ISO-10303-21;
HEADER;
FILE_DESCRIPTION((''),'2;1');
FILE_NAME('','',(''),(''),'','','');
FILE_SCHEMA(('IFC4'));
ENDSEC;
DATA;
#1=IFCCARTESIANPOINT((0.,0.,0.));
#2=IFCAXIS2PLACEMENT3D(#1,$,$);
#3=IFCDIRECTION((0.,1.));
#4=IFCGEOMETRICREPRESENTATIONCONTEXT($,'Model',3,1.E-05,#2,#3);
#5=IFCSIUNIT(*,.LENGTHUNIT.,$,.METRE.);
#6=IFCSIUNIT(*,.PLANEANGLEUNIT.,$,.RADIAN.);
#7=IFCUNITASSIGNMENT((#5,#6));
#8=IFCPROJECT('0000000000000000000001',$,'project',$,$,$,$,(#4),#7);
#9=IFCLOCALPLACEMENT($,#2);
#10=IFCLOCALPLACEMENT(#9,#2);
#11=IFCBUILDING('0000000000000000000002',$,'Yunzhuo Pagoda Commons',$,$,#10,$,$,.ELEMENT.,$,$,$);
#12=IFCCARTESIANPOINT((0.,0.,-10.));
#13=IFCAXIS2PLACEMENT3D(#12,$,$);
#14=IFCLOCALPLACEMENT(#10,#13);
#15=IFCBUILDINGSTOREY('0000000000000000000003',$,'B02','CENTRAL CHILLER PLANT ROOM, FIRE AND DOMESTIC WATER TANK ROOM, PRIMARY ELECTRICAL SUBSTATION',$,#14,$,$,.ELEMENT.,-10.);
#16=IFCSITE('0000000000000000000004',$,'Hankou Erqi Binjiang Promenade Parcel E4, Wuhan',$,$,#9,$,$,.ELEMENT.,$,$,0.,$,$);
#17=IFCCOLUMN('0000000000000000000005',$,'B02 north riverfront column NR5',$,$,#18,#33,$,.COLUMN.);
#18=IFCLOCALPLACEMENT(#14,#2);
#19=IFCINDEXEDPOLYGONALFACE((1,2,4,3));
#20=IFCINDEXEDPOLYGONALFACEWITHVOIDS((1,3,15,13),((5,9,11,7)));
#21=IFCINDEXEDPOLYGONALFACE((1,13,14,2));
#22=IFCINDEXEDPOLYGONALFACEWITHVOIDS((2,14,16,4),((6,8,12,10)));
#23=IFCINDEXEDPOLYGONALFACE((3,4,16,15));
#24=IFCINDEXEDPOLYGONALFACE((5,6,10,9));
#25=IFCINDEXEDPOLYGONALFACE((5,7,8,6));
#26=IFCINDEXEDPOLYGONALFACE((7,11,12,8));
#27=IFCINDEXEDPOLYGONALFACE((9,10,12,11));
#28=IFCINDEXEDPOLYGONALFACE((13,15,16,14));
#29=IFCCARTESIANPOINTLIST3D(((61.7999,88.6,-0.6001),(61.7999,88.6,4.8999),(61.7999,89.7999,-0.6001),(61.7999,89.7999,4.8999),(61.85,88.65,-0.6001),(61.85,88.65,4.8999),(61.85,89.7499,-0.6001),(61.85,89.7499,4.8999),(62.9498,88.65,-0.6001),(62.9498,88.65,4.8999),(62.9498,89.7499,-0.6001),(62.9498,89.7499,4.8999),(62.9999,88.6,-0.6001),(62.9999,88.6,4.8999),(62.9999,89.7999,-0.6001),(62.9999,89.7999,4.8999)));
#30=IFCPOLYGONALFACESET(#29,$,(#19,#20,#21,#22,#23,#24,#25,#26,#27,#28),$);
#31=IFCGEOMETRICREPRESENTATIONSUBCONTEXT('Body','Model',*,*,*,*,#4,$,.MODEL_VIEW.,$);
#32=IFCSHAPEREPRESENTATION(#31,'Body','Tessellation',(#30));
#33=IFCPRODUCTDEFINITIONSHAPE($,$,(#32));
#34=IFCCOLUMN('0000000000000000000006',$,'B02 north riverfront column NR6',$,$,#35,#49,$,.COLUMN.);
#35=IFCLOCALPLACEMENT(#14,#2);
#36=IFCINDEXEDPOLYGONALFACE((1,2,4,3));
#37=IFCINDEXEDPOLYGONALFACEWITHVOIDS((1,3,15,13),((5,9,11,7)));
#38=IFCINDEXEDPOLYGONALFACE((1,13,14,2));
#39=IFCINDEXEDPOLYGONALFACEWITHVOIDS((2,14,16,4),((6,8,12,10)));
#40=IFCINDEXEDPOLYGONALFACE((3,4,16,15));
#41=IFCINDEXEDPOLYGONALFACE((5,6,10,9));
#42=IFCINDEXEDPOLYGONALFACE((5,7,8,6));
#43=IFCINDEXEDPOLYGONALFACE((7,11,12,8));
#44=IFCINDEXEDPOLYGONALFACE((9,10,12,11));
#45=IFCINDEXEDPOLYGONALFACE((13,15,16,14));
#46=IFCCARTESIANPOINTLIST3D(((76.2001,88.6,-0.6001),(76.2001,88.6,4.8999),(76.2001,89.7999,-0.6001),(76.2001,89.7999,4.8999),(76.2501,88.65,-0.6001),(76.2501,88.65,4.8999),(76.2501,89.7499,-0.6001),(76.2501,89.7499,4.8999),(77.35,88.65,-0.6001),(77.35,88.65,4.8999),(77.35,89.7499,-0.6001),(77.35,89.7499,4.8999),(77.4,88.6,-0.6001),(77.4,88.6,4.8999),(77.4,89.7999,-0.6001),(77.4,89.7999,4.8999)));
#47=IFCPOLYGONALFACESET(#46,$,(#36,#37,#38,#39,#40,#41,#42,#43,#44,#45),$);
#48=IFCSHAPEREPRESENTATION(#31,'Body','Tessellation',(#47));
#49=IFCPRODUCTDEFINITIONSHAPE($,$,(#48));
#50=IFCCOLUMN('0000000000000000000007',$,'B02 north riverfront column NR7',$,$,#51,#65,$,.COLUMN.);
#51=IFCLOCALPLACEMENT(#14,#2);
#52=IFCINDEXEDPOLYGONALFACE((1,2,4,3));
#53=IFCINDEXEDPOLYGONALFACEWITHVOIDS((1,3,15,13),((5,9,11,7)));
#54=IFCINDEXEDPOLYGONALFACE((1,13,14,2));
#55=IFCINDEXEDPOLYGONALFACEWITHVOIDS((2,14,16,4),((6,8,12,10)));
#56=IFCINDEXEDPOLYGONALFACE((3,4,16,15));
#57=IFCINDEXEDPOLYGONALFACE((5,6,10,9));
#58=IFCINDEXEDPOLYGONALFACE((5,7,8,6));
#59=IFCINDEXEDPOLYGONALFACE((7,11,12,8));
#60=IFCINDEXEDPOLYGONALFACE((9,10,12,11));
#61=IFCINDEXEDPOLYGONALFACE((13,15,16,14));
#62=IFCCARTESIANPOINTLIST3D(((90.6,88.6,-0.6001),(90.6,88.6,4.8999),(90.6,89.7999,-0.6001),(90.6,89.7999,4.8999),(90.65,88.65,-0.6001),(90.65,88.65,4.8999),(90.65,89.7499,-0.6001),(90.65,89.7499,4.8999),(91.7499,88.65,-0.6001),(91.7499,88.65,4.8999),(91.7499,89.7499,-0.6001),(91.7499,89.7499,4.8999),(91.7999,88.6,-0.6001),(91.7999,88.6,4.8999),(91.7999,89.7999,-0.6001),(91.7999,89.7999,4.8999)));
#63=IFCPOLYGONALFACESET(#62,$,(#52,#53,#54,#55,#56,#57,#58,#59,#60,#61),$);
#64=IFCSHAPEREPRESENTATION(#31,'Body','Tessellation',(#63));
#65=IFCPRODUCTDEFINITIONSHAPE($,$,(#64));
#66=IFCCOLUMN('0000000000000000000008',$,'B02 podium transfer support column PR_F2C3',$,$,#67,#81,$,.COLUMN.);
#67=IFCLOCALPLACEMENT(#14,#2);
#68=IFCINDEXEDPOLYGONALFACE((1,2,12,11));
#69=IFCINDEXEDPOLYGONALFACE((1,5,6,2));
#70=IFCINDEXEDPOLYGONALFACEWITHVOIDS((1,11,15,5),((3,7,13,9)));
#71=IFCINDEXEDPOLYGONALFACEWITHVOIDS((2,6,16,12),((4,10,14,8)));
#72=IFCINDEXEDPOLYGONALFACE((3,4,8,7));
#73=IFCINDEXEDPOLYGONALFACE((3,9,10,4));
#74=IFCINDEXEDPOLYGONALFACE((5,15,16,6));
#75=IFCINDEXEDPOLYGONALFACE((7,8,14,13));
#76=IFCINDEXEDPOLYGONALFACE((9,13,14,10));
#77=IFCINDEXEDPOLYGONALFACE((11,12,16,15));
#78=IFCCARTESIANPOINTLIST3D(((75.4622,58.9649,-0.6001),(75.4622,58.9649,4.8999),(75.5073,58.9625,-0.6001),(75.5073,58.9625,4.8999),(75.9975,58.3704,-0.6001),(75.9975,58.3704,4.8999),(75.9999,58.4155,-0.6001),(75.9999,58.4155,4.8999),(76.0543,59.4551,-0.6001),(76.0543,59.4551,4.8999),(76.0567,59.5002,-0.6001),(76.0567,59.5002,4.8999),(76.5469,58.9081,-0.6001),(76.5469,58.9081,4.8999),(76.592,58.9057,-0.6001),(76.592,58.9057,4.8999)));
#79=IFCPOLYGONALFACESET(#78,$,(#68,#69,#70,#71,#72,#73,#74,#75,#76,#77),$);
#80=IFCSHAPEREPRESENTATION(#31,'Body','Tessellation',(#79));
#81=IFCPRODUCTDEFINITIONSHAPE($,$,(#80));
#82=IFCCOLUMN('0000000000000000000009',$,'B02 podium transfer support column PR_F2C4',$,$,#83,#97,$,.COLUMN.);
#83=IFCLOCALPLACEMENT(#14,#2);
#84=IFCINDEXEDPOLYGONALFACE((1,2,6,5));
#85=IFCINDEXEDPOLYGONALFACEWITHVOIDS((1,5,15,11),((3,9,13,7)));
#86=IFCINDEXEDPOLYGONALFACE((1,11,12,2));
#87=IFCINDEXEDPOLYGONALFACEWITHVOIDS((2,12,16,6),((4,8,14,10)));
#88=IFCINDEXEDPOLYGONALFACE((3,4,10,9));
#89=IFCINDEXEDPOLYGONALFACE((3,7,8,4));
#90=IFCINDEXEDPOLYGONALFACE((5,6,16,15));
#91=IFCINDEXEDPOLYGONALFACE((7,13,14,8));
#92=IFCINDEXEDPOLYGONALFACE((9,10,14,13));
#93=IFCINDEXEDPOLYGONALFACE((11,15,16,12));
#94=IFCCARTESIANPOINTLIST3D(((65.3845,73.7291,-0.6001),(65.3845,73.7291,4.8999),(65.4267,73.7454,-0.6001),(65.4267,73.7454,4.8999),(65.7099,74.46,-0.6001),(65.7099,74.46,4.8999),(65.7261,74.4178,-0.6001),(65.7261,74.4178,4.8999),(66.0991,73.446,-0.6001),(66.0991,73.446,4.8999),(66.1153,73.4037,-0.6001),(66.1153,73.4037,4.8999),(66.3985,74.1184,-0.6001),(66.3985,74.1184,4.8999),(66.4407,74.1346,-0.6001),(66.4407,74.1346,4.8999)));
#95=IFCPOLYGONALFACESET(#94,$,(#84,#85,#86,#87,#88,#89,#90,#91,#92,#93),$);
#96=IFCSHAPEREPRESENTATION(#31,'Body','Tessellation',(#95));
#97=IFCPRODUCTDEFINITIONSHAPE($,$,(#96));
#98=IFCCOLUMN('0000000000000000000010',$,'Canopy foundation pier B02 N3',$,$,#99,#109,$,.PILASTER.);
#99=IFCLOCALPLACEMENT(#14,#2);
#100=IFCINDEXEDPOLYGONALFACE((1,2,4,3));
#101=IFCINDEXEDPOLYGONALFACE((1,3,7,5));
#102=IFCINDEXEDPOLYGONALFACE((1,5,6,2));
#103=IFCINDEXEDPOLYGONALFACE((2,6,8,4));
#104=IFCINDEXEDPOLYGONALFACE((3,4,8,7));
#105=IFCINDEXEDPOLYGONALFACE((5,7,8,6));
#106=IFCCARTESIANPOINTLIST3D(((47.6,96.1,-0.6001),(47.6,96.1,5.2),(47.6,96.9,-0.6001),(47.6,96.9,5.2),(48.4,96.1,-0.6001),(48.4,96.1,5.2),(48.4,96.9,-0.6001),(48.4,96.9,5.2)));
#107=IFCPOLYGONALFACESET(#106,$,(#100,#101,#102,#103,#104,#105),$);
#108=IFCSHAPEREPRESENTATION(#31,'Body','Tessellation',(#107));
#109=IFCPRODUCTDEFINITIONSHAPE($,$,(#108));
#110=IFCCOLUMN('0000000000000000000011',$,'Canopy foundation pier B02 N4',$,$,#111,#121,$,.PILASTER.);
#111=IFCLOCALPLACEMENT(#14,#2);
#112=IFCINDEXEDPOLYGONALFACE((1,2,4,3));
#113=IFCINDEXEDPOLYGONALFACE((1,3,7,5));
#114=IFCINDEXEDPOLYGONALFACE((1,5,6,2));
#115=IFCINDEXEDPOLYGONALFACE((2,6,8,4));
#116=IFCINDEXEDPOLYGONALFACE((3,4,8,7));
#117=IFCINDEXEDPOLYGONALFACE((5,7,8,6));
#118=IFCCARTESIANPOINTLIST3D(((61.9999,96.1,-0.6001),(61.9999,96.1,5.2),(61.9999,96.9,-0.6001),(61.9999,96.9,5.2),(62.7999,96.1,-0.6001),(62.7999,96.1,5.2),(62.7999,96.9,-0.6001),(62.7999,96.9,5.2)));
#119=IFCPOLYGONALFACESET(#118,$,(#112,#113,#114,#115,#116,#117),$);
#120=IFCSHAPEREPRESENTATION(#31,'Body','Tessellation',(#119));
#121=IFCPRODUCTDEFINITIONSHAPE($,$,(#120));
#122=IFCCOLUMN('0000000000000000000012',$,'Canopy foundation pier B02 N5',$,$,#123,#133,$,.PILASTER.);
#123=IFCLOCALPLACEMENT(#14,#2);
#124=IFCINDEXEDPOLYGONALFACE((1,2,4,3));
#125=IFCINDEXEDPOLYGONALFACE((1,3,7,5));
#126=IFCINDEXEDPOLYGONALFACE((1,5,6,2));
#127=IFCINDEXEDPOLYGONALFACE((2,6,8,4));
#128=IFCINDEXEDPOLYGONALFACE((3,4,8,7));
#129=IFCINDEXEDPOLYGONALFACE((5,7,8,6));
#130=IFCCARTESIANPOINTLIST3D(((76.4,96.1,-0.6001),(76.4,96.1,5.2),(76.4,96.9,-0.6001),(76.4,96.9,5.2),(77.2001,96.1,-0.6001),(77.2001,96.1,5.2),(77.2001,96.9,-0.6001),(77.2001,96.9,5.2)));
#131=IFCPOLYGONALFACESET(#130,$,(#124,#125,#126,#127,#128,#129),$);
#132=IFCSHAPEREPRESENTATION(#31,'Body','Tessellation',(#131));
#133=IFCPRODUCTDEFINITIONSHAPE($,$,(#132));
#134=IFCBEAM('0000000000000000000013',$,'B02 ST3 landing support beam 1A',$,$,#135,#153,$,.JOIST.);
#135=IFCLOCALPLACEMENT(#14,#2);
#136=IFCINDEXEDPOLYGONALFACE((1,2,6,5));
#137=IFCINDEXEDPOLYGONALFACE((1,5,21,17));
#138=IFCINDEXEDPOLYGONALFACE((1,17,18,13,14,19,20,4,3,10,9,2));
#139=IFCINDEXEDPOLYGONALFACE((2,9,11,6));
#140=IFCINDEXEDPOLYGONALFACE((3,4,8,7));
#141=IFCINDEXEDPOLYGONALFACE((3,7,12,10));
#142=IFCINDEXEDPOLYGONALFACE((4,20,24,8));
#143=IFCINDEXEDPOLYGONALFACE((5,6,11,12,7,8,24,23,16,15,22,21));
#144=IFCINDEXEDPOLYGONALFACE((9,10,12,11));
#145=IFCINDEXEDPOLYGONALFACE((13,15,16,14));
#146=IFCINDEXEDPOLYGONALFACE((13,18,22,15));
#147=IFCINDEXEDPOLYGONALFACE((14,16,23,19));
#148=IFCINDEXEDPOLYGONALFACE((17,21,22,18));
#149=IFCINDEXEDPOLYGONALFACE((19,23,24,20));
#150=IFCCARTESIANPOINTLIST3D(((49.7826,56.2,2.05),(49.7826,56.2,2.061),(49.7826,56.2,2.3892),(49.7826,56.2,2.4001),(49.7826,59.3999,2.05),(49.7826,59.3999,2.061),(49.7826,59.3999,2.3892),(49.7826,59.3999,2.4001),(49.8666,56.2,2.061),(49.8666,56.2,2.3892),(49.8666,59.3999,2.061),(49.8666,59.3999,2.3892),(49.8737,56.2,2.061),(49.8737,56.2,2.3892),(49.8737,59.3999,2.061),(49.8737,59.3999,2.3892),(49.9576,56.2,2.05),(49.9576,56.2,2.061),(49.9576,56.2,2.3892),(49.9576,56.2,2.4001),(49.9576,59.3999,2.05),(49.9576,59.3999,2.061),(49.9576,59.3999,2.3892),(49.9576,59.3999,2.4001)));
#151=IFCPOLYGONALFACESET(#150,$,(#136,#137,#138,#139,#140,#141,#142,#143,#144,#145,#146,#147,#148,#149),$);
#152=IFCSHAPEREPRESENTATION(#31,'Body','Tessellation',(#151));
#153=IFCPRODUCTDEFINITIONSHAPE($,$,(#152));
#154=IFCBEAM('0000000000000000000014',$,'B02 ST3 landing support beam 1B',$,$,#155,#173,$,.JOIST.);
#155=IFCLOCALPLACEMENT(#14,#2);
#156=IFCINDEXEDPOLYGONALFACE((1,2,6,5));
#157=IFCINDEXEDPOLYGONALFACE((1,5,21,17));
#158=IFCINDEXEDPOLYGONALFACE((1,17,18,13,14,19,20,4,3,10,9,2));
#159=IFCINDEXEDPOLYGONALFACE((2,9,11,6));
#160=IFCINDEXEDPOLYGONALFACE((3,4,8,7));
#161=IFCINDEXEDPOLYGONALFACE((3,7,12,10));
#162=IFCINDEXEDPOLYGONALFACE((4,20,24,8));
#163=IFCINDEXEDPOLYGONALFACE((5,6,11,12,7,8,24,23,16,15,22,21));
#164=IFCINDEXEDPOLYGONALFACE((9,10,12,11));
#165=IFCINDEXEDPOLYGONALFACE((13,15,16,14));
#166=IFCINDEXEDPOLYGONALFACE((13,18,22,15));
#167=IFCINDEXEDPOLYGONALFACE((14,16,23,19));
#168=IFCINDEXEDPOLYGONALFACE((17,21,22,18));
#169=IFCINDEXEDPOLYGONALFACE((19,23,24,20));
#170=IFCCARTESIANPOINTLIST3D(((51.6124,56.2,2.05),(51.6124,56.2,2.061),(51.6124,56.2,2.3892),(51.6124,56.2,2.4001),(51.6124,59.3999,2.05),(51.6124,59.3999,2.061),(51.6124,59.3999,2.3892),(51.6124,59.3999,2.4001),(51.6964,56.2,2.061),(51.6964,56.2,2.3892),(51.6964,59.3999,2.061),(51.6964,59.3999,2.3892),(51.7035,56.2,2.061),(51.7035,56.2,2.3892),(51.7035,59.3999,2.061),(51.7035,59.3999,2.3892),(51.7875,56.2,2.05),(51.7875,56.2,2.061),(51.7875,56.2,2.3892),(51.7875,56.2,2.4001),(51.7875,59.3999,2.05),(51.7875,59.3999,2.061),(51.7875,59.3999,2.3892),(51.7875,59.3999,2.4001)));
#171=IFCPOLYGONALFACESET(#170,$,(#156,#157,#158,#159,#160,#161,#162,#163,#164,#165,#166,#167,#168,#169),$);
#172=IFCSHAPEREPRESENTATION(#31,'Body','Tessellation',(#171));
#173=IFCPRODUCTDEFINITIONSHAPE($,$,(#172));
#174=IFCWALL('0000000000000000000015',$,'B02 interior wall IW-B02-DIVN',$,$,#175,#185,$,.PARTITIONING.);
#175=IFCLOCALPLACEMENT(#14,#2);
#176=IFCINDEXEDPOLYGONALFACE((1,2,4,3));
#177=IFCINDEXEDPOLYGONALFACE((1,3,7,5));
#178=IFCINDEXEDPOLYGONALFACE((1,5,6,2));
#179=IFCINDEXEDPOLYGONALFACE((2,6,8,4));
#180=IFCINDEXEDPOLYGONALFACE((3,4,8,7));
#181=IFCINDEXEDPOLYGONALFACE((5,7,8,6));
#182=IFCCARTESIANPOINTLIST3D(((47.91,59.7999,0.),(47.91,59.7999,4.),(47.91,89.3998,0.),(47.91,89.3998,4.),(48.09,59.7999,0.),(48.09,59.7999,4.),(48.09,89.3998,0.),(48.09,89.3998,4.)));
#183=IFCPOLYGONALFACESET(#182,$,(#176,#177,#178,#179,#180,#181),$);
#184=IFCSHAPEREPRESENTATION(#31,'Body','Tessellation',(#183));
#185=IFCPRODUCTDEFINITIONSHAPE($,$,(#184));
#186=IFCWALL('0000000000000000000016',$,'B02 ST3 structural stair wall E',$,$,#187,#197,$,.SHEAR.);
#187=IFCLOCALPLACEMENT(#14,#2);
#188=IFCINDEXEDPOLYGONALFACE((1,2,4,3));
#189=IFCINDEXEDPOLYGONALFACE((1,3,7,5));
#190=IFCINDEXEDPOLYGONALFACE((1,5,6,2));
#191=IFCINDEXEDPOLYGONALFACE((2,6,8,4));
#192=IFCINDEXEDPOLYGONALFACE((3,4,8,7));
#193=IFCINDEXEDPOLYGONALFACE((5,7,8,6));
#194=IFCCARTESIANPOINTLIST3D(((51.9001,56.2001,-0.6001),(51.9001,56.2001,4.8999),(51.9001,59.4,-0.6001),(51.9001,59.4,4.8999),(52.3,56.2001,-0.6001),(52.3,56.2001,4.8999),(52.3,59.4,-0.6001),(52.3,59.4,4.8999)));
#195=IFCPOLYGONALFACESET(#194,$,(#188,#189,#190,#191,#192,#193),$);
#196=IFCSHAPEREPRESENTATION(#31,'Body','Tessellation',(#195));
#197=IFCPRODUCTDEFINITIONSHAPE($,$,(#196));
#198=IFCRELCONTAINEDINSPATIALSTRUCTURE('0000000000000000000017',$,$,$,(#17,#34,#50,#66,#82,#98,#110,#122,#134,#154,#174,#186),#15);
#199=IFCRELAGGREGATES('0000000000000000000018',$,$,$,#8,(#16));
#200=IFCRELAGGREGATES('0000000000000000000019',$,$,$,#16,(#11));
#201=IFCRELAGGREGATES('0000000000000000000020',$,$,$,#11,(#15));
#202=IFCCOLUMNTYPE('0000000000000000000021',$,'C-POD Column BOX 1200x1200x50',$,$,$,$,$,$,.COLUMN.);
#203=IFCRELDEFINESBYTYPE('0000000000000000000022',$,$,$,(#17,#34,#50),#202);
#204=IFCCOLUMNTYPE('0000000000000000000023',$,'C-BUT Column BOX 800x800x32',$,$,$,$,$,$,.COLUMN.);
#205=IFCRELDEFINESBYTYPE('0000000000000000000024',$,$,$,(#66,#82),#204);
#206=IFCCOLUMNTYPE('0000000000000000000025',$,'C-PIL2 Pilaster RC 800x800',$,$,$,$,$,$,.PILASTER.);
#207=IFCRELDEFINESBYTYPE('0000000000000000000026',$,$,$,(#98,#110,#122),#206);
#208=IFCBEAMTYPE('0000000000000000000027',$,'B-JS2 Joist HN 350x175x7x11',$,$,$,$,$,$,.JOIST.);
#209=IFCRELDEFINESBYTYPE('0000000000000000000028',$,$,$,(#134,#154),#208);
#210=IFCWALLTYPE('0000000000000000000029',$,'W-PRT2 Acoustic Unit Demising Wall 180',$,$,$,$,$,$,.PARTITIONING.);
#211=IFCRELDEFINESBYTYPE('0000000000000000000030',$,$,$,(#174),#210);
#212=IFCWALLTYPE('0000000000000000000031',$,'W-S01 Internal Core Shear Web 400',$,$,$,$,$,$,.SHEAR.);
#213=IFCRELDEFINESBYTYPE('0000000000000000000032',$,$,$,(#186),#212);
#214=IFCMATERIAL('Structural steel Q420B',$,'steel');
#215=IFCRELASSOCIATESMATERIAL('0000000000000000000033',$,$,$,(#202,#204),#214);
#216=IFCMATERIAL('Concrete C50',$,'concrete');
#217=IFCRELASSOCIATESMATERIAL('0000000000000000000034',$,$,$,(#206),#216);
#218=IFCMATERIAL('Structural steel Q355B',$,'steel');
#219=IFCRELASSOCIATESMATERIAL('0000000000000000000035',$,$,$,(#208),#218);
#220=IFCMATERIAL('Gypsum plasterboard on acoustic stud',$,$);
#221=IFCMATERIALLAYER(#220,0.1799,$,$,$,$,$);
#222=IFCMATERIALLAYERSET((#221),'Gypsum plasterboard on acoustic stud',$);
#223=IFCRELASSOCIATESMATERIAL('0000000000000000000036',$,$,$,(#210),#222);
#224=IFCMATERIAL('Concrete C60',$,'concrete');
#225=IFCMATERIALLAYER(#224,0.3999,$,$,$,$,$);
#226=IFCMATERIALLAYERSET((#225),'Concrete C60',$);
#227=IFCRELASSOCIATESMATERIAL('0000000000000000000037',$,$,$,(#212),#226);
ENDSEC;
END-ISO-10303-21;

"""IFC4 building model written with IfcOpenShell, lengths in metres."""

from ifc_helpers import new_model, si_unit, direction, frame, frame_2d, origin, origin_2d, place, context, subcontext, project, spatial, rectangle, hollow_rectangle, i_section, extrude, source, transform, mapped, material, layer, layer_set, material_profile, profile_set, type_object, element, save


model = new_model("IFC4")

# Units and contexts
model_context = context("Model", 3, precision=1e-05, world=origin(), true_north=direction((0.0, 1.0)))
body_context = subcontext(model_context, "Body", "Model", "MODEL_VIEW")
ifc_project = project(units=[si_unit("LENGTHUNIT", "METRE"), si_unit("PLANEANGLEUNIT", "RADIAN")], contexts=[model_context])

# Site, building, storey
site_placement = place(None, origin())
site = spatial("IfcSite", under=ifc_project, at=site_placement, Name="Hankou Erqi Binjiang Promenade Parcel E4, Wuhan", CompositionType="ELEMENT", RefElevation=0.0)
building_placement = place(site_placement, origin())
building = spatial("IfcBuilding", under=site, at=building_placement, Name="Yunzhuo Pagoda Commons", CompositionType="ELEMENT")
storey_placement = place(building_placement, frame((0.0, 0.0, -10.0)))
storey = spatial("IfcBuildingStorey", under=building, at=storey_placement, Name="B02", Description="CENTRAL CHILLER PLANT ROOM, FIRE AND DOMESTIC WATER TANK ROOM, PRIMARY ELECTRICAL SUBSTATION", CompositionType="ELEMENT", Elevation=-10.0)

# Shared definitions
ifc_material_1 = material(Name="Concrete C50", Category="concrete")

# Columns
ifc_material_2 = material(Name="Structural steel Q420B", Category="steel")
ifc_material_profile_1 = material_profile(ifc_material_2, hollow_rectangle(XDim=1.2, YDim=1.2, WallThickness=0.05, at=origin_2d()), Name="Structural steel Q420B")
ifc_profile_set_1 = profile_set([ifc_material_profile_1], Name="Structural steel Q420B")
column_type_1 = type_object("IfcColumnType", Name="C-POD Column BOX 1200x1200x50", PredefinedType="COLUMN", material=ifc_profile_set_1)
shared_shape_1 = source(origin(), body_context, "Body", "SweptSolid", [
    extrude(hollow_rectangle(XDim=1.2, YDim=1.2, WallThickness=0.05, at=origin_2d()), origin(), (0.0, 0.0, 1.0), 5.5),
])
for number, where, z_axis, x_axis, name in (
    (1, (62.3999, 89.2, -0.6001), (0.0, 0.0, 1.0), (1.0, 0.0, 0.0), "B02 north riverfront column NR5"),
    (2, (76.8, 89.2, -0.6001), (0.0, 0.0, 1.0), (1.0, 0.0, 0.0), "B02 north riverfront column NR6"),
    (3, (91.2, 89.2, -0.6001), (0.0, 0.0, 1.0), (1.0, 0.0, 0.0), "B02 north riverfront column NR7"),
):
    element("IfcColumn", number, at=place(storey_placement, frame(where, z_axis=z_axis, x_axis=x_axis)), inside=storey, type_object=column_type_1, Name=name, PredefinedType="COLUMN", context=body_context, shape_type="MappedRepresentation", body=[
        mapped(shared_shape_1, transform((0.0, 0.0, 0.0), scale=1.0)),
    ])
ifc_material_profile_2 = material_profile(ifc_material_2, hollow_rectangle(XDim=0.8, YDim=0.8, WallThickness=0.032, at=origin_2d()), Name="Structural steel Q420B")
ifc_profile_set_2 = profile_set([ifc_material_profile_2], Name="Structural steel Q420B")
column_type_2 = type_object("IfcColumnType", Name="C-BUT Column BOX 800x800x32", PredefinedType="COLUMN", material=ifc_profile_set_2)
shared_shape_2 = source(origin(), body_context, "Body", "SweptSolid", [
    extrude(hollow_rectangle(XDim=0.8, YDim=0.8, WallThickness=0.032, at=origin_2d()), origin(), (0.0, 0.0, 1.0), 5.5),
])
for number, where, z_axis, x_axis, name in (
    (4, (76.0271, 58.9353, -0.6001), (0.0, 0.0, 1.0), (-0.669131, 0.743145, 0.0), "B02 podium transfer support column PR_F2C3"),
    (5, (65.9126, 73.9319, -0.6001), (0.0, 0.0, 1.0), (-0.913545, 0.406737, 0.0), "B02 podium transfer support column PR_F2C4"),
):
    element("IfcColumn", number, at=place(storey_placement, frame(where, z_axis=z_axis, x_axis=x_axis)), inside=storey, type_object=column_type_2, Name=name, PredefinedType="COLUMN", context=body_context, shape_type="MappedRepresentation", body=[
        mapped(shared_shape_2, transform((0.0, 0.0, 0.0), scale=1.0)),
    ])
ifc_material_profile_3 = material_profile(ifc_material_1, rectangle(XDim=0.8, YDim=0.8, at=origin_2d()), Name="Concrete C50")
ifc_profile_set_3 = profile_set([ifc_material_profile_3], Name="Concrete C50")
column_type_3 = type_object("IfcColumnType", Name="C-PIL2 Pilaster RC 800x800", PredefinedType="PILASTER", material=ifc_profile_set_3)
shared_shape_3 = source(origin(), body_context, "Body", "SweptSolid", [
    extrude(rectangle(XDim=0.8, YDim=0.8, at=origin_2d()), origin(), (0.0, 0.0, 1.0), 5.8),
])
for number, where, z_axis, x_axis, name in (
    (6, (48.0, 96.5, -0.6001), (0.0, 0.0, 1.0), (1.0, 0.0, 0.0), "Canopy foundation pier B02 N3"),
    (7, (62.3999, 96.5, -0.6001), (0.0, 0.0, 1.0), (1.0, 0.0, 0.0), "Canopy foundation pier B02 N4"),
    (8, (76.8, 96.5, -0.6001), (0.0, 0.0, 1.0), (1.0, 0.0, 0.0), "Canopy foundation pier B02 N5"),
):
    element("IfcColumn", number, at=place(storey_placement, frame(where, z_axis=z_axis, x_axis=x_axis)), inside=storey, type_object=column_type_3, Name=name, PredefinedType="PILASTER", context=body_context, shape_type="MappedRepresentation", body=[
        mapped(shared_shape_3, transform((0.0, 0.0, 0.0), scale=1.0)),
    ])

# Beams
ifc_material_3 = material(Name="Structural steel Q355B", Category="steel")
ifc_material_profile_4 = material_profile(ifc_material_3, i_section(OverallWidth=0.175, OverallDepth=0.3501, WebThickness=0.0071, FlangeThickness=0.011, at=origin_2d()), Name="Structural steel Q355B")
ifc_profile_set_4 = profile_set([ifc_material_profile_4], Name="Structural steel Q355B")
beam_type = type_object("IfcBeamType", Name="B-JS2 Joist HN 350x175x7x11", PredefinedType="JOIST", material=ifc_profile_set_4)
shared_shape_4 = source(origin(), body_context, "Body", "SweptSolid", [
    extrude(i_section(OverallWidth=0.175, OverallDepth=0.3501, WebThickness=0.0071, FlangeThickness=0.011, at=origin_2d()), origin(), (0.0, 0.0, 1.0), 3.2),
])
for number, where, z_axis, x_axis, name in (
    (9, (49.8701, 56.2, 2.2251), (0.0, 1.0, 0.0), (-1.0, 0.0, 0.0), "B02 ST3 landing support beam 1A"),
    (10, (51.7, 56.2, 2.2251), (0.0, 1.0, 0.0), (-1.0, 0.0, 0.0), "B02 ST3 landing support beam 1B"),
):
    element("IfcBeam", number, at=place(storey_placement, frame(where, z_axis=z_axis, x_axis=x_axis)), inside=storey, type_object=beam_type, Name=name, PredefinedType="JOIST", context=body_context, shape_type="MappedRepresentation", body=[
        mapped(shared_shape_4, transform((0.0, 0.0, 0.0), scale=1.0)),
    ])

# Walls
ifc_material_4 = material(Name="Gypsum plasterboard on acoustic stud")
ifc_layer_1 = layer(ifc_material_4, 0.1799)
ifc_layer_set_1 = layer_set([ifc_layer_1], Name="Gypsum plasterboard on acoustic stud")
wall_type_1 = type_object("IfcWallType", Name="W-PRT2 Acoustic Unit Demising Wall 180", PredefinedType="PARTITIONING", material=ifc_layer_set_1)
wall_1_placement = place(storey_placement, frame((48.0, 59.8, 0.0), z_axis=(0.0, 0.0, 1.0), x_axis=(0.0, 1.0, 0.0)))
element("IfcWall", 11, at=wall_1_placement, inside=storey, type_object=wall_type_1, Name="B02 interior wall IW-B02-DIVN", PredefinedType="PARTITIONING", context=body_context, shape_type="SweptSolid", body=[
    extrude(rectangle(XDim=29.5999, YDim=0.1799, at=frame_2d((14.7998, 0.0))), origin(), (0.0, 0.0, 1.0), 4.0),
])
ifc_material_5 = material(Name="Concrete C60", Category="concrete")
ifc_layer_2 = layer(ifc_material_5, 0.3999)
ifc_layer_set_2 = layer_set([ifc_layer_2], Name="Concrete C60")
wall_type_2 = type_object("IfcWallType", Name="W-S01 Internal Core Shear Web 400", PredefinedType="SHEAR", material=ifc_layer_set_2)
wall_2_placement = place(storey_placement, frame((52.1001, 56.2, -0.6001), z_axis=(0.0, 0.0, 1.0), x_axis=(0.0, 1.0, 0.0)))
element("IfcWall", 12, at=wall_2_placement, inside=storey, type_object=wall_type_2, Name="B02 ST3 structural stair wall E", PredefinedType="SHEAR", context=body_context, shape_type="SweptSolid", body=[
    extrude(rectangle(XDim=3.2, YDim=0.3999, at=frame_2d((1.6001, 0.0))), origin(), (0.0, 0.0, 1.0), 5.5),
])

save(model, "model.ifc")
